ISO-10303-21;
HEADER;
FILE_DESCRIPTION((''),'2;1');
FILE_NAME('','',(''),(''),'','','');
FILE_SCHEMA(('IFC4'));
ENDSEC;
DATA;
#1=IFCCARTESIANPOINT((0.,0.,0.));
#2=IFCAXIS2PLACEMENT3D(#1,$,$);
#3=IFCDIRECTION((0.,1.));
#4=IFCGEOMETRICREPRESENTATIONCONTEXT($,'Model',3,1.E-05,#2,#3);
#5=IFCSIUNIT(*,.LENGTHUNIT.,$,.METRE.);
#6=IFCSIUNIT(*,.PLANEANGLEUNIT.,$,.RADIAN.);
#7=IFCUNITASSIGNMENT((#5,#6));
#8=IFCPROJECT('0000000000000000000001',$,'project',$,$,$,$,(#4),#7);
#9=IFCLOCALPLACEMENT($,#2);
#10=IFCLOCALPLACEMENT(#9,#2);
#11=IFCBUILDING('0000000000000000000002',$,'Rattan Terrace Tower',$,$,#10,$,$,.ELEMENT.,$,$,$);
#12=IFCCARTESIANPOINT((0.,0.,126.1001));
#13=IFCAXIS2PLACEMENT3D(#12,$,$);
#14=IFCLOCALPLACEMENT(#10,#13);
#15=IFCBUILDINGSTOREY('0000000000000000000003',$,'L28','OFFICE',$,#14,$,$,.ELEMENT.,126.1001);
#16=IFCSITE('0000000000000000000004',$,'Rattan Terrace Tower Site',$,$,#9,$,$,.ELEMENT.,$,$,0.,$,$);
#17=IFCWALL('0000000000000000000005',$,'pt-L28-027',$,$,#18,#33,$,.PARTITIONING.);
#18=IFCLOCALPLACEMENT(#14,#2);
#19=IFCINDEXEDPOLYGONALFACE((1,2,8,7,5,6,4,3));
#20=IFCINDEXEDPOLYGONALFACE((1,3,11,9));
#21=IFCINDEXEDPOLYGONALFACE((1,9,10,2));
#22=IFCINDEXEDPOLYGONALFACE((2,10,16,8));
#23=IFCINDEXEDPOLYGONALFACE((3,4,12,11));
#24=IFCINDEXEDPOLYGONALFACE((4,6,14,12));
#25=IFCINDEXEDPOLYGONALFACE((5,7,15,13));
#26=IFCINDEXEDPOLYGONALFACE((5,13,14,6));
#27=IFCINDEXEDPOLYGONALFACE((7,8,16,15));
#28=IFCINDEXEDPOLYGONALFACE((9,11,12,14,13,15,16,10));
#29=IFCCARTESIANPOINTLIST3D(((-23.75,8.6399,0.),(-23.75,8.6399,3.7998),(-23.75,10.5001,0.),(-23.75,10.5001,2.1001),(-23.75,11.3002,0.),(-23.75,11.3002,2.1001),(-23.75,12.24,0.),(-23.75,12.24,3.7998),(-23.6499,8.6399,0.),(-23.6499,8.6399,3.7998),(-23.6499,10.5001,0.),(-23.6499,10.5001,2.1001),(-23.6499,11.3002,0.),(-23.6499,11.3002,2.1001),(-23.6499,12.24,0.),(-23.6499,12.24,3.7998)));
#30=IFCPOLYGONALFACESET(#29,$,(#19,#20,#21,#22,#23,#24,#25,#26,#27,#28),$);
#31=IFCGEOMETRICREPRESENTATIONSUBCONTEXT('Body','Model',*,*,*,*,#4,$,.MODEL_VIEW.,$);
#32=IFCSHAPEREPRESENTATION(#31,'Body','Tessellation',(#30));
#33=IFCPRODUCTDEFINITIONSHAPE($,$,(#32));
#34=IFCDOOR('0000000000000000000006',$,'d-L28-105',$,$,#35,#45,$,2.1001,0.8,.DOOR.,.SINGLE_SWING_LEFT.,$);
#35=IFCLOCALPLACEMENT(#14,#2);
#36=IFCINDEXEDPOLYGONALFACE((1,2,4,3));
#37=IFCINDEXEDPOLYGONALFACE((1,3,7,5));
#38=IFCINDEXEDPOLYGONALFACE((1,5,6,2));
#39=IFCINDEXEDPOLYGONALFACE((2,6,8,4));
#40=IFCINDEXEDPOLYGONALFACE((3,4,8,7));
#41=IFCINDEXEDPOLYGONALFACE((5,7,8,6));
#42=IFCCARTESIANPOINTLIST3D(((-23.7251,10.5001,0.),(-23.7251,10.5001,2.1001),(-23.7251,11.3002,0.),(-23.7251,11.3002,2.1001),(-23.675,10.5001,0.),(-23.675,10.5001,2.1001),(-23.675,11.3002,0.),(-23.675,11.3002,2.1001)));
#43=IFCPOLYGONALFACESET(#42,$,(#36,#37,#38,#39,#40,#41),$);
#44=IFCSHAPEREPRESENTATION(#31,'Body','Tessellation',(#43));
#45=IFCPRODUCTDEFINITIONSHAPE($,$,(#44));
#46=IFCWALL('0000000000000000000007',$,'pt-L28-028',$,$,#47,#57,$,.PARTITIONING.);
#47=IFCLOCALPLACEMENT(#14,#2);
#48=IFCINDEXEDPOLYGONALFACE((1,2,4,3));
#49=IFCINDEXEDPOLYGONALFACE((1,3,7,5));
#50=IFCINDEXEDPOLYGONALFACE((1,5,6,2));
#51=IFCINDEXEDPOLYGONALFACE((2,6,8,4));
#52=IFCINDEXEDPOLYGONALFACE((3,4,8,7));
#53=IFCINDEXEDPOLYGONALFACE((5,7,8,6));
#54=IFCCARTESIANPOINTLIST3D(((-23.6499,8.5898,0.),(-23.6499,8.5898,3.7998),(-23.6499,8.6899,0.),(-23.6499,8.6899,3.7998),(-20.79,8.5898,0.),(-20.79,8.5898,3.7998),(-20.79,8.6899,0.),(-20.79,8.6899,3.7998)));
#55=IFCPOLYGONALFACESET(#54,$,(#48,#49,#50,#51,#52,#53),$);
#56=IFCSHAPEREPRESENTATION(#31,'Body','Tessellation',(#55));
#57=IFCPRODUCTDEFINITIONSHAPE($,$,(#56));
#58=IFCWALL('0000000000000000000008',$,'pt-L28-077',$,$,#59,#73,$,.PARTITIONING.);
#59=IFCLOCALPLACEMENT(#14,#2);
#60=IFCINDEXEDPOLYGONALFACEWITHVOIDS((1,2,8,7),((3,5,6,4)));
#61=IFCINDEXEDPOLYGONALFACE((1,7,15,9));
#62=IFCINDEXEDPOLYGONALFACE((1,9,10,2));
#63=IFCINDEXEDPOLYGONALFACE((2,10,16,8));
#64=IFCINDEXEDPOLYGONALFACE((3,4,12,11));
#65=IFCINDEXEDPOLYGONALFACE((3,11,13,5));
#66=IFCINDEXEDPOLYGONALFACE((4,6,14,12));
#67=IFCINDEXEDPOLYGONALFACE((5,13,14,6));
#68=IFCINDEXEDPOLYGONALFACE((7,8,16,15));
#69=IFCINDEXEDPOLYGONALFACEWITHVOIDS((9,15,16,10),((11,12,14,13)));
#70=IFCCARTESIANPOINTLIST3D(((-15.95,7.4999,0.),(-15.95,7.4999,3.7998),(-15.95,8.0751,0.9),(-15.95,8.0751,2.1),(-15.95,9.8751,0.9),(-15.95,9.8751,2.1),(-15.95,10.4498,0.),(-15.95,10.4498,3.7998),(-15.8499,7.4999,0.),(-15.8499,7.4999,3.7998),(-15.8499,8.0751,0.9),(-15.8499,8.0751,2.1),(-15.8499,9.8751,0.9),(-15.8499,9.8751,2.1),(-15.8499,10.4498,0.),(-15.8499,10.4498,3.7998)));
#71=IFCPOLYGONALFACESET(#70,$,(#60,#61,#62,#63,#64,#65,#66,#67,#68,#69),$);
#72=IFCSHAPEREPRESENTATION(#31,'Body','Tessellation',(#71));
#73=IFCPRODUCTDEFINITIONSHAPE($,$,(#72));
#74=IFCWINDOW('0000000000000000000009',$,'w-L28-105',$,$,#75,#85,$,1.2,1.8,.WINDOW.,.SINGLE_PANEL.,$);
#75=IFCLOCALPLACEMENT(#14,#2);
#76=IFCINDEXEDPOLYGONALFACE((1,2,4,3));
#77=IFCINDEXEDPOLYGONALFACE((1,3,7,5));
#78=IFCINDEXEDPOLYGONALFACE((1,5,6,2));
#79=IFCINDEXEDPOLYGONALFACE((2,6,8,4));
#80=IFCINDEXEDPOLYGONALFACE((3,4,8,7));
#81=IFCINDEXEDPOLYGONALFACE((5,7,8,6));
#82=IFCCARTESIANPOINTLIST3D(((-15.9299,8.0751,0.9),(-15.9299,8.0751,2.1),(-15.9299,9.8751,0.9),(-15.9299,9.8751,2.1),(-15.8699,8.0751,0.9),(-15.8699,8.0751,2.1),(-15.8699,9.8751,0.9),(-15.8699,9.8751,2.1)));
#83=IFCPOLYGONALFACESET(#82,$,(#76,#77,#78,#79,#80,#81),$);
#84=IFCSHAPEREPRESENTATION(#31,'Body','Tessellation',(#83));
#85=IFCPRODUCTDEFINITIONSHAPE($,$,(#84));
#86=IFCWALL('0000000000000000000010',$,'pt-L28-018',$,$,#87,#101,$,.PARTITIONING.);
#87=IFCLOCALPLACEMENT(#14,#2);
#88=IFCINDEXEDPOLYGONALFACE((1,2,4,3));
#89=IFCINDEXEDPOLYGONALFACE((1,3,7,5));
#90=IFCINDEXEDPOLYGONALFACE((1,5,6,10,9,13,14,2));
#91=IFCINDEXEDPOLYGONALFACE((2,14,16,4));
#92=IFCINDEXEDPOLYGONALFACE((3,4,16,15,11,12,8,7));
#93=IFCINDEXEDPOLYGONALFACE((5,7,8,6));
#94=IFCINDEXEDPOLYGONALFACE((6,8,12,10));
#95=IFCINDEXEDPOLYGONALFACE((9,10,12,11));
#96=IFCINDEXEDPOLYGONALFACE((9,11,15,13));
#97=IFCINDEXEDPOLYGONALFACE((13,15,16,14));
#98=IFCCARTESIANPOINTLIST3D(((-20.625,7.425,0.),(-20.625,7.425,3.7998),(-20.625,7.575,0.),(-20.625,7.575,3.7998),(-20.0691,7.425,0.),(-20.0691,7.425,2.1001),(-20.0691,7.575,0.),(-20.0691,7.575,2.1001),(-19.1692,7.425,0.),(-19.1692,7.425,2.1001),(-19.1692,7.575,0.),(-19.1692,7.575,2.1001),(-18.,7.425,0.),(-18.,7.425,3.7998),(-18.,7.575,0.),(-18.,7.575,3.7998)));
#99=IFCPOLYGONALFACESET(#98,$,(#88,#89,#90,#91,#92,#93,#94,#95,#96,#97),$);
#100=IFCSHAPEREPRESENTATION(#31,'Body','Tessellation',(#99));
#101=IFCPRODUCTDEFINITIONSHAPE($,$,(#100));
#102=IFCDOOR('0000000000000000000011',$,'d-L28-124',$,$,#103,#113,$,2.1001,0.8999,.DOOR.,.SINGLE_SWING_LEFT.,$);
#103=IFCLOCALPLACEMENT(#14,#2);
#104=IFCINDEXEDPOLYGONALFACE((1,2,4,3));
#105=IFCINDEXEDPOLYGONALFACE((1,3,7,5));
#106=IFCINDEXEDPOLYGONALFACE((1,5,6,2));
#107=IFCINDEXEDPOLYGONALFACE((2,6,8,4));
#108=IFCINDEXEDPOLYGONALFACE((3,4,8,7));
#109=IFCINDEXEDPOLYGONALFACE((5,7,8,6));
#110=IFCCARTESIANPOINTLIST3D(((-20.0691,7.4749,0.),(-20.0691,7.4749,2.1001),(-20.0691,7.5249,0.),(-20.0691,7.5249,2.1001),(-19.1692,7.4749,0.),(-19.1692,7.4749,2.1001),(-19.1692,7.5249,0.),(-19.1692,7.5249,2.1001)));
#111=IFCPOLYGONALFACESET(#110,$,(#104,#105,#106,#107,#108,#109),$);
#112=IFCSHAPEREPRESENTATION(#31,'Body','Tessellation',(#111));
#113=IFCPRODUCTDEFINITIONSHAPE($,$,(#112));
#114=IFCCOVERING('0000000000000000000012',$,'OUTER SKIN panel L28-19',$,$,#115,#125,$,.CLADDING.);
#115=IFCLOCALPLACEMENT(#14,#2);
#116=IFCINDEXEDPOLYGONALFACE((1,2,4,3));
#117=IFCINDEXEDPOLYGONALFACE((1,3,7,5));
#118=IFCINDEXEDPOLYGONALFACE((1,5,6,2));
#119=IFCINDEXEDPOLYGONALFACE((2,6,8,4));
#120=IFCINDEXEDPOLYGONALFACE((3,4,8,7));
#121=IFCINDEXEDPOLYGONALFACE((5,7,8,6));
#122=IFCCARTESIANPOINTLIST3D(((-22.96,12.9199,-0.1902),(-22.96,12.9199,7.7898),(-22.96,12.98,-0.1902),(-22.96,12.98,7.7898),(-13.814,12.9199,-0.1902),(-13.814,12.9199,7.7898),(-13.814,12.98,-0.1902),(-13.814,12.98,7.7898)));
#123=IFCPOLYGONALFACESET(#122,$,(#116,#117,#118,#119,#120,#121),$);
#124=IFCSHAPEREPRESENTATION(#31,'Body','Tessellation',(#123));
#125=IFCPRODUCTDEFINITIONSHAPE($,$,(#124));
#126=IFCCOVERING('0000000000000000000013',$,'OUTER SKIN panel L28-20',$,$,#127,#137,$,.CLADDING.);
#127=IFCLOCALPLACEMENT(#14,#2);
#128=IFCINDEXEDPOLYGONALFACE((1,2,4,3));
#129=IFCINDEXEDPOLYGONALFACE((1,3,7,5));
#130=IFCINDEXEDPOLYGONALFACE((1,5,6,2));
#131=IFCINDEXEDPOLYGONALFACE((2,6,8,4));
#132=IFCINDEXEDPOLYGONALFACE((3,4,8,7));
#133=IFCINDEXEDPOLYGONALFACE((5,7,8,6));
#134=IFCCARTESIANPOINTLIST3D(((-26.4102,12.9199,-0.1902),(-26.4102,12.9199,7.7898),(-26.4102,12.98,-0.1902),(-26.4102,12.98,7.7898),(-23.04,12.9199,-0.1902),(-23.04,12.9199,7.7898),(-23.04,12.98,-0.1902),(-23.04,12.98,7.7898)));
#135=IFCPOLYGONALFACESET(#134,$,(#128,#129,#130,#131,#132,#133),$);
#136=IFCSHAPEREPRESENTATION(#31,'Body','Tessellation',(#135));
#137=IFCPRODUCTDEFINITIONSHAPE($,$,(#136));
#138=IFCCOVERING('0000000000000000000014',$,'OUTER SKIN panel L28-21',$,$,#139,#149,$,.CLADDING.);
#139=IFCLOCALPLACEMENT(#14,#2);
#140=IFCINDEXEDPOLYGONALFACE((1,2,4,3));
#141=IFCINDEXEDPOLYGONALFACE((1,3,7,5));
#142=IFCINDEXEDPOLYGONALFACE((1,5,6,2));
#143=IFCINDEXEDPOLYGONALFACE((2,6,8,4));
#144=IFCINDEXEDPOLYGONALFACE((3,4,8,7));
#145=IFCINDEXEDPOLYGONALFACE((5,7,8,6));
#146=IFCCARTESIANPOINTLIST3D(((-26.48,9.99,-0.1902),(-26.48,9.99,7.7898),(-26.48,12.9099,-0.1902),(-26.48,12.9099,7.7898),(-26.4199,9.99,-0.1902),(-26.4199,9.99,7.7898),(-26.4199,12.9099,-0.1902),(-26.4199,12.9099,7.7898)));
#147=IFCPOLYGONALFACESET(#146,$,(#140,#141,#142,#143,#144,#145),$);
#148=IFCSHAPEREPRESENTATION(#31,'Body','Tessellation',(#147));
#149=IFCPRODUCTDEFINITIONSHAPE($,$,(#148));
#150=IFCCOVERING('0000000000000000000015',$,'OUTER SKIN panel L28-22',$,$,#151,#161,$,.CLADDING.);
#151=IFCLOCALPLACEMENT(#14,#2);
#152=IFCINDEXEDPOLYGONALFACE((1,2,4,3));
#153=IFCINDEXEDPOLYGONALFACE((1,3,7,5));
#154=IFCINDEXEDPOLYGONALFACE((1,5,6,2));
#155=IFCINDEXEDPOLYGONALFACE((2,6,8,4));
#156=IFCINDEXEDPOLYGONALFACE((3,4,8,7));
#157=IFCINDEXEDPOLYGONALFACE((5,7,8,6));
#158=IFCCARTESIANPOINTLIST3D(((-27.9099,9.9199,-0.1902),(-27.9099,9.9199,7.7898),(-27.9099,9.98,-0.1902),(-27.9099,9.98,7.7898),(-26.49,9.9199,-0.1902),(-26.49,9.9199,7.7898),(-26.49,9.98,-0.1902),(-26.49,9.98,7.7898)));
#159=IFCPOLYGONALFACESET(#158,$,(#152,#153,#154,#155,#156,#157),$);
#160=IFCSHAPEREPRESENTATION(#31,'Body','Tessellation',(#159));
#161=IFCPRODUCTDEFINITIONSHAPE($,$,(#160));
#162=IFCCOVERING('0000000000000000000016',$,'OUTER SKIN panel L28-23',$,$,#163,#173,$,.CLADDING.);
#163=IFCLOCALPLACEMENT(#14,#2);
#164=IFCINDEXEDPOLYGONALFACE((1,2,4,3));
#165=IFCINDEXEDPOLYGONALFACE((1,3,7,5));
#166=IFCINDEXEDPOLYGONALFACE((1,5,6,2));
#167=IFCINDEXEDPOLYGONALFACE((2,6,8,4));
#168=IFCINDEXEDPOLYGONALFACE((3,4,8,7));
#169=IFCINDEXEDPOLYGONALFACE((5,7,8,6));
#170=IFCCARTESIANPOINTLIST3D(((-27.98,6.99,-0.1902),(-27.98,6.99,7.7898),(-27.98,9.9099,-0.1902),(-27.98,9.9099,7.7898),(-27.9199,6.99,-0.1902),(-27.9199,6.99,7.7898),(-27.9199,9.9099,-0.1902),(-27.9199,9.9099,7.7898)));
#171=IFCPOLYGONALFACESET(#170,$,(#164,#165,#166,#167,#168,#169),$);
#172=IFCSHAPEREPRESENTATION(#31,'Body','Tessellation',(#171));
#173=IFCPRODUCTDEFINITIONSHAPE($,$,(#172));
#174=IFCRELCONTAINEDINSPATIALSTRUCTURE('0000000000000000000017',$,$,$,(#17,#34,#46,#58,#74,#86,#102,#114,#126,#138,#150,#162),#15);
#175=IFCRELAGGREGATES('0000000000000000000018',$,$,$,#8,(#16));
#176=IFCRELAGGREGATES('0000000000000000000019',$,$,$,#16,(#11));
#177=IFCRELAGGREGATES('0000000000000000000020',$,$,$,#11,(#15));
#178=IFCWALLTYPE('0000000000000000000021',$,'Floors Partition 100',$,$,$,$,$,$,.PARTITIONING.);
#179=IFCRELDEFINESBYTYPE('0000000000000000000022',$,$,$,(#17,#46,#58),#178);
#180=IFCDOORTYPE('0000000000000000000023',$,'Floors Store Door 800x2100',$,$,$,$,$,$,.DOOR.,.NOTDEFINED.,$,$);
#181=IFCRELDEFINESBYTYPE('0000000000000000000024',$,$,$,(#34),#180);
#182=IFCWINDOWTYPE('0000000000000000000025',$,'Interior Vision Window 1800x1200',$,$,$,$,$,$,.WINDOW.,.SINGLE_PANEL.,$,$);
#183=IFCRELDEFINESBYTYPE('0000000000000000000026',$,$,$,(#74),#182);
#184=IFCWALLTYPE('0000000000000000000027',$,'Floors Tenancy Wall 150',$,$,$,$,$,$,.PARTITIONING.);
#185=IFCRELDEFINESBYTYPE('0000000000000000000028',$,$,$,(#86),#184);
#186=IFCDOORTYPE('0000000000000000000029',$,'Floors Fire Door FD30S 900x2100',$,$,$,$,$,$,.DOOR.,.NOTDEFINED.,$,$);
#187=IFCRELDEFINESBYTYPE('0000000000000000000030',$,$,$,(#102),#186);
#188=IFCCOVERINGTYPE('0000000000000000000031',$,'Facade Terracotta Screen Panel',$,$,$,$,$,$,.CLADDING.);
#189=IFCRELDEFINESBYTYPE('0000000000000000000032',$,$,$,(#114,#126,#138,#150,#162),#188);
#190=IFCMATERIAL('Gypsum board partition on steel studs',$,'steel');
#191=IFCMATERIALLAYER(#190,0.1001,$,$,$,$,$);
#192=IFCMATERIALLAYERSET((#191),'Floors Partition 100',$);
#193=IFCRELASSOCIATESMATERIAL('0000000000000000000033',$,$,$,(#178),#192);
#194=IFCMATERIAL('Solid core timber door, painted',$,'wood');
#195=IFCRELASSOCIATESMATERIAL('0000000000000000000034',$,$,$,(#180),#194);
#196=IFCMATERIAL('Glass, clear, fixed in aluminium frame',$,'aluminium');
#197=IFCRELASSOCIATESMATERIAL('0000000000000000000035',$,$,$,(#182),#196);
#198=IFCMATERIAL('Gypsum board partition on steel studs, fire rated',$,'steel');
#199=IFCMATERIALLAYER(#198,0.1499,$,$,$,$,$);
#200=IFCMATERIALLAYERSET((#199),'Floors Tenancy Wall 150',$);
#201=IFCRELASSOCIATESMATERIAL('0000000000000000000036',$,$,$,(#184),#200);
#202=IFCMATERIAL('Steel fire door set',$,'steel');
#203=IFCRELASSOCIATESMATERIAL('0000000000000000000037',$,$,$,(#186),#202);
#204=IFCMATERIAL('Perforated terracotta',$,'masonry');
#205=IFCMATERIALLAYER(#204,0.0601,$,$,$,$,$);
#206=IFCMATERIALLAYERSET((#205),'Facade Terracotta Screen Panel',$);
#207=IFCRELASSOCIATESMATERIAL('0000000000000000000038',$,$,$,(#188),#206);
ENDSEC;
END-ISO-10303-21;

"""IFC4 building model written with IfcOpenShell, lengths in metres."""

from ifc_helpers import new_model, si_unit, direction, frame, frame_2d, origin, origin_2d, place, context, subcontext, project, spatial, rectangle, extrude, material, layer, layer_set, type_object, element, fill, save


model = new_model("IFC4")

# Units and contexts
model_context = context("Model", 3, precision=1e-05, world=origin(), true_north=direction((0.0, 1.0)))
body_context = subcontext(model_context, "Body", "Model", "MODEL_VIEW")
ifc_project = project(units=[si_unit("LENGTHUNIT", "METRE"), si_unit("PLANEANGLEUNIT", "RADIAN")], contexts=[model_context])

# Site, building, storey
site_placement = place(None, origin())
site = spatial("IfcSite", under=ifc_project, at=site_placement, Name="Rattan Terrace Tower Site", CompositionType="ELEMENT", RefElevation=0.0)
building_placement = place(site_placement, origin())
building = spatial("IfcBuilding", under=site, at=building_placement, Name="Rattan Terrace Tower", CompositionType="ELEMENT")
storey_placement = place(building_placement, frame((0.0, 0.0, 126.1001)))
storey = spatial("IfcBuildingStorey", under=building, at=storey_placement, Name="L28", Description="OFFICE", CompositionType="ELEMENT", Elevation=126.1001)

# Wall, opening, door
ifc_material_1 = material(Name="Gypsum board partition on steel studs", Category="steel")
ifc_layer_1 = layer(ifc_material_1, 0.1001)
ifc_layer_set_1 = layer_set([ifc_layer_1], Name="Floors Partition 100")
wall_type_1 = type_object("IfcWallType", Name="Floors Partition 100", PredefinedType="PARTITIONING", material=ifc_layer_set_1)
wall_1_placement = place(storey_placement, frame((-23.7, 12.24, 0.0), z_axis=(0.0, 0.0, 1.0), x_axis=(0.0, -1.0, 0.0)))
wall_1 = element("IfcWall", 1, at=wall_1_placement, inside=storey, type_object=wall_type_1, Name="pt-L28-027", PredefinedType="PARTITIONING", context=body_context, shape_type="SweptSolid", body=[
    extrude(rectangle(XDim=3.6001, YDim=0.1001, at=frame_2d((1.8, 0.0))), origin(), (0.0, 0.0, 1.0), 3.7998),
])
opening_1_placement = place(wall_1_placement, frame((0.9399, 0.0, 0.0)))
opening_1 = element("IfcOpeningElement", 2, at=opening_1_placement, cuts=wall_1, PredefinedType="OPENING", context=body_context, shape_type="SweptSolid", body=[
    extrude(rectangle(XDim=0.8, YDim=2.1001, at=frame_2d((0.3999, 1.05))), frame((0.0, 0.0605, 0.0), z_axis=(0.0, -1.0, 0.0), x_axis=(1.0, 0.0, 0.0)), (0.0, 0.0, 1.0), 0.1211),
])
ifc_material_2 = material(Name="Solid core timber door, painted", Category="wood")
door_type_1 = type_object("IfcDoorType", Name="Floors Store Door 800x2100", OperationType="NOTDEFINED", PredefinedType="DOOR", material=ifc_material_2)
door_1_placement = place(opening_1_placement, origin())
door_1 = element("IfcDoor", 3, at=door_1_placement, inside=storey, type_object=door_type_1, Name="d-L28-105", OperationType="SINGLE_SWING_LEFT", OverallHeight=2.1001, OverallWidth=0.8, PredefinedType="DOOR", context=body_context, shape_type="SweptSolid", body=[
    extrude(rectangle(XDim=0.8, YDim=2.1001, at=frame_2d((0.3999, 1.05))), frame((0.0, 0.0249, 0.0), z_axis=(0.0, -1.0, 0.0), x_axis=(1.0, 0.0, 0.0)), (0.0, 0.0, 1.0), 0.05),
])
fill(opening_1, door_1)

# Wall
wall_2_placement = place(storey_placement, frame((-23.6499, 8.6399, 0.0), z_axis=(0.0, 0.0, 1.0), x_axis=(1.0, 0.0, 0.0)))
element("IfcWall", 4, at=wall_2_placement, inside=storey, type_object=wall_type_1, Name="pt-L28-028", PredefinedType="PARTITIONING", context=body_context, shape_type="SweptSolid", body=[
    extrude(rectangle(XDim=2.8599, YDim=0.1001, at=frame_2d((1.4299, 0.0))), origin(), (0.0, 0.0, 1.0), 3.7998),
])

# Wall, opening, window
wall_3_placement = place(storey_placement, frame((-15.8999, 10.45, 0.0), z_axis=(0.0, 0.0, 1.0), x_axis=(0.0, -1.0, 0.0)))
wall_3 = element("IfcWall", 5, at=wall_3_placement, inside=storey, type_object=wall_type_1, Name="pt-L28-077", PredefinedType="PARTITIONING", context=body_context, shape_type="SweptSolid", body=[
    extrude(rectangle(XDim=2.95, YDim=0.1001, at=frame_2d((1.4751, 0.0))), origin(), (0.0, 0.0, 1.0), 3.7998),
])
opening_2_placement = place(wall_3_placement, frame((0.575, 0.0, 0.8999)))
opening_2 = element("IfcOpeningElement", 6, at=opening_2_placement, cuts=wall_3, PredefinedType="OPENING", context=body_context, shape_type="SweptSolid", body=[
    extrude(rectangle(XDim=1.8, YDim=1.2, at=frame_2d((0.8999, 0.6001))), frame((0.0, 0.0605, 0.0), z_axis=(0.0, -1.0, 0.0), x_axis=(1.0, 0.0, 0.0)), (0.0, 0.0, 1.0), 0.1211),
])
ifc_material_3 = material(Name="Glass, clear, fixed in aluminium frame", Category="aluminium")
window_type = type_object("IfcWindowType", Name="Interior Vision Window 1800x1200", PartitioningType="SINGLE_PANEL", PredefinedType="WINDOW", material=ifc_material_3)
window_placement = place(opening_2_placement, origin())
window = element("IfcWindow", 7, at=window_placement, inside=storey, type_object=window_type, Name="w-L28-105", OverallHeight=1.2, OverallWidth=1.8, PartitioningType="SINGLE_PANEL", PredefinedType="WINDOW", context=body_context, shape_type="SweptSolid", body=[
    extrude(rectangle(XDim=1.8, YDim=1.2, at=frame_2d((0.8999, 0.6001))), frame((0.0, 0.03, 0.0), z_axis=(0.0, -1.0, 0.0), x_axis=(1.0, 0.0, 0.0)), (0.0, 0.0, 1.0), 0.0601),
])
fill(opening_2, window)

# Wall, opening, door
ifc_material_4 = material(Name="Gypsum board partition on steel studs, fire rated", Category="steel")
ifc_layer_2 = layer(ifc_material_4, 0.1499)
ifc_layer_set_2 = layer_set([ifc_layer_2], Name="Floors Tenancy Wall 150")
wall_type_2 = type_object("IfcWallType", Name="Floors Tenancy Wall 150", PredefinedType="PARTITIONING", material=ifc_layer_set_2)
wall_4_placement = place(storey_placement, frame((-20.625, 7.5, 0.0), z_axis=(0.0, 0.0, 1.0), x_axis=(1.0, 0.0, 0.0)))
wall_4 = element("IfcWall", 8, at=wall_4_placement, inside=storey, type_object=wall_type_2, Name="pt-L28-018", PredefinedType="PARTITIONING", context=body_context, shape_type="SweptSolid", body=[
    extrude(rectangle(XDim=2.625, YDim=0.1499, at=frame_2d((1.3125, 0.0))), origin(), (0.0, 0.0, 1.0), 3.7998),
])
opening_3_placement = place(wall_4_placement, frame((0.5559, 0.0, 0.0)))
opening_3 = element("IfcOpeningElement", 9, at=opening_3_placement, cuts=wall_4, PredefinedType="OPENING", context=body_context, shape_type="SweptSolid", body=[
    extrude(rectangle(XDim=0.8999, YDim=2.1001, at=frame_2d((0.45, 1.05))), frame((0.0, 0.0854, 0.0), z_axis=(0.0, -1.0, 0.0), x_axis=(1.0, 0.0, 0.0)), (0.0, 0.0, 1.0), 0.1709),
])
ifc_material_5 = material(Name="Steel fire door set", Category="steel")
door_type_2 = type_object("IfcDoorType", Name="Floors Fire Door FD30S 900x2100", OperationType="NOTDEFINED", PredefinedType="DOOR", material=ifc_material_5)
door_2_placement = place(opening_3_placement, origin())
door_2 = element("IfcDoor", 10, at=door_2_placement, inside=storey, type_object=door_type_2, Name="d-L28-124", OperationType="SINGLE_SWING_LEFT", OverallHeight=2.1001, OverallWidth=0.8999, PredefinedType="DOOR", context=body_context, shape_type="SweptSolid", body=[
    extrude(rectangle(XDim=0.8999, YDim=2.1001, at=frame_2d((0.45, 1.05))), frame((0.0, 0.0249, 0.0), z_axis=(0.0, -1.0, 0.0), x_axis=(1.0, 0.0, 0.0)), (0.0, 0.0, 1.0), 0.05),
])
fill(opening_3, door_2)

# Coverings
ifc_material_6 = material(Name="Perforated terracotta", Category="masonry")
ifc_layer_3 = layer(ifc_material_6, 0.0601)
ifc_layer_set_3 = layer_set([ifc_layer_3], Name="Facade Terracotta Screen Panel")
covering_type = type_object("IfcCoveringType", Name="Facade Terracotta Screen Panel", PredefinedType="CLADDING", material=ifc_layer_set_3)
covering_1_placement = place(storey_placement, frame((-18.387, 12.95, -0.1902), z_axis=(0.0, 0.0, 1.0), x_axis=(-1.0, 0.0, 0.0)))
element("IfcCovering", 11, at=covering_1_placement, inside=storey, type_object=covering_type, Name="OUTER SKIN panel L28-19", PredefinedType="CLADDING", context=body_context, shape_type="SweptSolid", body=[
    extrude(rectangle(XDim=9.146, YDim=0.0601, at=origin_2d()), origin(), (0.0, 0.0, 1.0), 7.98),
])
covering_2_placement = place(storey_placement, frame((-24.7251, 12.95, -0.1902), z_axis=(0.0, 0.0, 1.0), x_axis=(-1.0, 0.0, 0.0)))
element("IfcCovering", 12, at=covering_2_placement, inside=storey, type_object=covering_type, Name="OUTER SKIN panel L28-20", PredefinedType="CLADDING", context=body_context, shape_type="SweptSolid", body=[
    extrude(rectangle(XDim=3.3701, YDim=0.0601, at=origin_2d()), origin(), (0.0, 0.0, 1.0), 7.98),
])
covering_3_placement = place(storey_placement, frame((-26.45, 11.45, -0.1902), z_axis=(0.0, 0.0, 1.0), x_axis=(0.0, -1.0, 0.0)))
element("IfcCovering", 13, at=covering_3_placement, inside=storey, type_object=covering_type, Name="OUTER SKIN panel L28-21", PredefinedType="CLADDING", context=body_context, shape_type="SweptSolid", body=[
    extrude(rectangle(XDim=2.9199, YDim=0.0601, at=origin_2d()), origin(), (0.0, 0.0, 1.0), 7.98),
])
covering_4_placement = place(storey_placement, frame((-27.2, 9.95, -0.1902), z_axis=(0.0, 0.0, 1.0), x_axis=(-1.0, 0.0, 0.0)))
element("IfcCovering", 14, at=covering_4_placement, inside=storey, type_object=covering_type, Name="OUTER SKIN panel L28-22", PredefinedType="CLADDING", context=body_context, shape_type="SweptSolid", body=[
    extrude(rectangle(XDim=1.4199, YDim=0.0601, at=origin_2d()), origin(), (0.0, 0.0, 1.0), 7.98),
])
covering_5_placement = place(storey_placement, frame((-27.95, 8.45, -0.1902), z_axis=(0.0, 0.0, 1.0), x_axis=(0.0, -1.0, 0.0)))
element("IfcCovering", 15, at=covering_5_placement, inside=storey, type_object=covering_type, Name="OUTER SKIN panel L28-23", PredefinedType="CLADDING", context=body_context, shape_type="SweptSolid", body=[
    extrude(rectangle(XDim=2.9199, YDim=0.0601, at=origin_2d()), origin(), (0.0, 0.0, 1.0), 7.98),
])

save(model, "model.ifc")
